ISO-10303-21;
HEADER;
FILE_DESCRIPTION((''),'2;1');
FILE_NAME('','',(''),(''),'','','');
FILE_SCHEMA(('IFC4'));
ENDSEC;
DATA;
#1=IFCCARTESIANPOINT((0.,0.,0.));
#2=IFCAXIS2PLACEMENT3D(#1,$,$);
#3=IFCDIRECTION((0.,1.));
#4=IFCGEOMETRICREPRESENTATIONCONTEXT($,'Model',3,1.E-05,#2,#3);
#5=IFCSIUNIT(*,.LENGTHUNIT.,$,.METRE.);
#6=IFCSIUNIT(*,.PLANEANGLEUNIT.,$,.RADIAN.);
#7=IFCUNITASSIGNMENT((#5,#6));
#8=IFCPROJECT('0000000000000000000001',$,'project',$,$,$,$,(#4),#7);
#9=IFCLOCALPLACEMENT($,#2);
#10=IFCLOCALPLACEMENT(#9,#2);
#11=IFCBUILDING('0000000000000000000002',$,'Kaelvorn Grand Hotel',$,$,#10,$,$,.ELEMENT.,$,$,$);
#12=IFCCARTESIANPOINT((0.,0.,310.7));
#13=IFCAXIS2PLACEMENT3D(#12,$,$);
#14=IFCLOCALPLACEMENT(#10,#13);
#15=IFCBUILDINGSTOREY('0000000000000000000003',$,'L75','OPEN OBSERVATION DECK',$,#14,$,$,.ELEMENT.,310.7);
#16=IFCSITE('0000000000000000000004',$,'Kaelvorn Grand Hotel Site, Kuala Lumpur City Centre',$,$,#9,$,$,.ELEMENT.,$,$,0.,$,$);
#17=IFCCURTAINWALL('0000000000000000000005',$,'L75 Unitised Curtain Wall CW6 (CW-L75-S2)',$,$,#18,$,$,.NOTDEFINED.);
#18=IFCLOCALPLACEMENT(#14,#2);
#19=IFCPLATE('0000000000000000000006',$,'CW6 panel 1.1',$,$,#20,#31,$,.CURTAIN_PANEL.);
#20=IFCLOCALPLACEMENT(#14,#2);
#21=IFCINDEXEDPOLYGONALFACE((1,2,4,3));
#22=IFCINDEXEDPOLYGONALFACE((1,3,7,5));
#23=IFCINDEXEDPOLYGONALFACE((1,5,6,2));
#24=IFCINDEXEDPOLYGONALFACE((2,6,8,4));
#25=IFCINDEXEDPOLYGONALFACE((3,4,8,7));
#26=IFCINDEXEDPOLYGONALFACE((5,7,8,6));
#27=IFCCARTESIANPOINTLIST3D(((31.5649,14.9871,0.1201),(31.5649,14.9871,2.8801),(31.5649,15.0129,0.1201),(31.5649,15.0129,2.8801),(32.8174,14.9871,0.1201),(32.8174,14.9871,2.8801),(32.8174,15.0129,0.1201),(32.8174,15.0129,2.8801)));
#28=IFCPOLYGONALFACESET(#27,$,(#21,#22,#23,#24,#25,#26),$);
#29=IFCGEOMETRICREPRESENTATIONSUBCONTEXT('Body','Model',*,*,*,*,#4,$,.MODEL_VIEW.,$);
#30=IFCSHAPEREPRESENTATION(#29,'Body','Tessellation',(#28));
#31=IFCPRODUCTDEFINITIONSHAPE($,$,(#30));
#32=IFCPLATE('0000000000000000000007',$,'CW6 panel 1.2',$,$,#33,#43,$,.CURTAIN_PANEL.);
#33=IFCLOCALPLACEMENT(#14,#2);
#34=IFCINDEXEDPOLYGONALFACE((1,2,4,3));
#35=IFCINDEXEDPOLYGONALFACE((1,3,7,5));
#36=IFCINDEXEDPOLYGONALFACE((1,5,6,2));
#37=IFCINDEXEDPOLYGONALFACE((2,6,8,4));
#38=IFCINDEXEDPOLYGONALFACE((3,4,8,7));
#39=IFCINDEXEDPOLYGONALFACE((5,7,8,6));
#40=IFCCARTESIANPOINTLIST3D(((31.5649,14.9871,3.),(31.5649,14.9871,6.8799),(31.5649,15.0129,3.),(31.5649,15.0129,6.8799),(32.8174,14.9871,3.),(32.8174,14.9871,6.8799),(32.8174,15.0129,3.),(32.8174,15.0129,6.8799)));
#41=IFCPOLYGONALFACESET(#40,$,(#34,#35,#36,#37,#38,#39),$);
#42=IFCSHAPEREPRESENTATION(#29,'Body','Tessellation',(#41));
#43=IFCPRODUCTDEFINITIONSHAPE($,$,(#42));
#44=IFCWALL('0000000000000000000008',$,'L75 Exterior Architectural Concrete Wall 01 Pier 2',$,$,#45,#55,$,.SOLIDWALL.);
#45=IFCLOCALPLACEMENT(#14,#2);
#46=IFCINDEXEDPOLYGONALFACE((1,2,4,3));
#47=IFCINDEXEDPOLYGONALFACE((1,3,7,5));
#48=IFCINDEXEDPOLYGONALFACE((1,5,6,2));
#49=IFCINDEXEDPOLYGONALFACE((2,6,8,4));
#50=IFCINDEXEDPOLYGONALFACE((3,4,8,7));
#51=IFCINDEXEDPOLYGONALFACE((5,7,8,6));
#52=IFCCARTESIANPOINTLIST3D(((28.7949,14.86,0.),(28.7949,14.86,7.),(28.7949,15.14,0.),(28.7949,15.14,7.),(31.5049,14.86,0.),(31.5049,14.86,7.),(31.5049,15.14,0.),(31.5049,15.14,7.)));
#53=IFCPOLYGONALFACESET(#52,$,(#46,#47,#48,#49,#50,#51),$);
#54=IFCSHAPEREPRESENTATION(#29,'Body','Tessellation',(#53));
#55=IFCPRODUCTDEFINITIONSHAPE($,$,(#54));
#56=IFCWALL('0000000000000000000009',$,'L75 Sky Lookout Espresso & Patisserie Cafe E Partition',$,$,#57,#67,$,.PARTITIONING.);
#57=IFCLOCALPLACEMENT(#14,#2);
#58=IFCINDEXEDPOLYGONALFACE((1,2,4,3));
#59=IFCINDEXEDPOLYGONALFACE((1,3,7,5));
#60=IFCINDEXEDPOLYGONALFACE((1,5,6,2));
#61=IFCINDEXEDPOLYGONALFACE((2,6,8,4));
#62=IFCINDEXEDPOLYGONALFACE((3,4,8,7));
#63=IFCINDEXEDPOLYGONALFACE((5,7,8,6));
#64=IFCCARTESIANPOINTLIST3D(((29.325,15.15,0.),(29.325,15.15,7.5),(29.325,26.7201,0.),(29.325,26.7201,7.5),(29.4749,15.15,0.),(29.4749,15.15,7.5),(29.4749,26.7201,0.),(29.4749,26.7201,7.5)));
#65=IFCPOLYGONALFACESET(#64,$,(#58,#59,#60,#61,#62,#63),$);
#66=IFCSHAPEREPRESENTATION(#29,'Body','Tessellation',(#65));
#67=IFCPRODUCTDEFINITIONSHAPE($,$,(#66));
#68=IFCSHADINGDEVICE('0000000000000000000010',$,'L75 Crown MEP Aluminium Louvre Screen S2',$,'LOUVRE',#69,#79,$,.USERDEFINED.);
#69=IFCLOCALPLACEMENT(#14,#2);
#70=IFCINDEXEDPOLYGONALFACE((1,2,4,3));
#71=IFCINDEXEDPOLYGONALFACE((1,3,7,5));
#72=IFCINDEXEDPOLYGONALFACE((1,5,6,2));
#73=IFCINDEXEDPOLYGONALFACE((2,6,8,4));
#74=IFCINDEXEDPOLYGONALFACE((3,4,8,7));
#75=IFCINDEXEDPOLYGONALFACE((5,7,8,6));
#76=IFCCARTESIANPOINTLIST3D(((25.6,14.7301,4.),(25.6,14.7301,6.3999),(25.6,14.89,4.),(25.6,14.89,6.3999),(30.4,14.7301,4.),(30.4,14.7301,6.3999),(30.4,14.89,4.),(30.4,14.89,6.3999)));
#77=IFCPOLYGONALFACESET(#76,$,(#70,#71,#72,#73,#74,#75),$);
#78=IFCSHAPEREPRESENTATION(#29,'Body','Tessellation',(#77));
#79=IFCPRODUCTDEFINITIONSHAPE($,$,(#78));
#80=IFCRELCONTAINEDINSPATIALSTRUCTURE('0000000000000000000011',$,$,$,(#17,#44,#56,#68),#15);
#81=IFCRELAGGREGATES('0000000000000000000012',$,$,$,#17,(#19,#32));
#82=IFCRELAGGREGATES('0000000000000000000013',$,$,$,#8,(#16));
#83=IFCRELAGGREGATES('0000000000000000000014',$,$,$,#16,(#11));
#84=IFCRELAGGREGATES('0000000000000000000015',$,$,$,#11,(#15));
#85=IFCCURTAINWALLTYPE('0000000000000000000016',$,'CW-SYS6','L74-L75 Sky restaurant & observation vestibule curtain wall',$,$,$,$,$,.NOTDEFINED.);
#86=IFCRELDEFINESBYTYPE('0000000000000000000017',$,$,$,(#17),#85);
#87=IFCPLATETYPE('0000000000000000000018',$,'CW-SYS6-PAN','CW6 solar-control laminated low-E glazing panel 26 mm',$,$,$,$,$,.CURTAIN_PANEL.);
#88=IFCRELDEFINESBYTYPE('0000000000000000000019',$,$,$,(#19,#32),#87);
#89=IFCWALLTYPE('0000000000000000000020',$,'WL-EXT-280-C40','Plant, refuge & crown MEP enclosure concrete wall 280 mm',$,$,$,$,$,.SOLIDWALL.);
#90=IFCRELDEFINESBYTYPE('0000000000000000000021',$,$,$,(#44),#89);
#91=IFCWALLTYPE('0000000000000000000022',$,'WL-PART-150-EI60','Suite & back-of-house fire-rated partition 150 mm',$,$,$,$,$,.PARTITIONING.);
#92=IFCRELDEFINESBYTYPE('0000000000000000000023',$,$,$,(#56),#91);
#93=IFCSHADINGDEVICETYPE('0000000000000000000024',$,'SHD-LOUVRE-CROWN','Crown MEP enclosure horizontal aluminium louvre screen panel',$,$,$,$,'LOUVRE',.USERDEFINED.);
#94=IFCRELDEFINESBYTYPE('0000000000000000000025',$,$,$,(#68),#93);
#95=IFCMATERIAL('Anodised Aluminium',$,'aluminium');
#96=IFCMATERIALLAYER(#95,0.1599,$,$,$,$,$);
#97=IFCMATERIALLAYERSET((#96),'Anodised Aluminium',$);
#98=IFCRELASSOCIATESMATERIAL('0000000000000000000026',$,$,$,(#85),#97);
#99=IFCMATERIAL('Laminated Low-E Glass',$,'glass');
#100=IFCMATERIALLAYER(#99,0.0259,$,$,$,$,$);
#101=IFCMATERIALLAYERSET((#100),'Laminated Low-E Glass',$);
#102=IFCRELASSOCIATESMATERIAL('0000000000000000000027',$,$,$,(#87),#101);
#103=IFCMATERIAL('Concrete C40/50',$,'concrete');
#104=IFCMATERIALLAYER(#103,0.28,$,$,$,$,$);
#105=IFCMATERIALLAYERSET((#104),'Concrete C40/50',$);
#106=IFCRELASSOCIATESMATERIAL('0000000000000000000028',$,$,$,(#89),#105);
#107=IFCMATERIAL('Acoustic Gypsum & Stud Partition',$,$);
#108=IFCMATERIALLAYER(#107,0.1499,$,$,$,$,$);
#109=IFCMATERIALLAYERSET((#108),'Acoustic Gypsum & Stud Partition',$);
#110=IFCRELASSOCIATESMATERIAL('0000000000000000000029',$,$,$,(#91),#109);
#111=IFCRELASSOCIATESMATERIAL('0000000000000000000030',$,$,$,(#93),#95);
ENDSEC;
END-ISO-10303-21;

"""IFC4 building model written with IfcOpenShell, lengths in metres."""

from ifc_helpers import new_model, si_unit, direction, frame, frame_2d, origin, origin_2d, place, context, subcontext, project, spatial, rectangle, extrude, material, layer, layer_set, type_object, element, aggregate, save


model = new_model("IFC4")

# Units and contexts
model_context = context("Model", 3, precision=1e-05, world=origin(), true_north=direction((0.0, 1.0)))
body_context = subcontext(model_context, "Body", "Model", "MODEL_VIEW")
ifc_project = project(units=[si_unit("LENGTHUNIT", "METRE"), si_unit("PLANEANGLEUNIT", "RADIAN")], contexts=[model_context])

# Site, building, storey
site_placement = place(None, origin())
site = spatial("IfcSite", under=ifc_project, at=site_placement, Name="Kaelvorn Grand Hotel Site, Kuala Lumpur City Centre", CompositionType="ELEMENT", RefElevation=0.0)
building_placement = place(site_placement, origin())
building = spatial("IfcBuilding", under=site, at=building_placement, Name="Kaelvorn Grand Hotel", CompositionType="ELEMENT")
storey_placement = place(building_placement, frame((0.0, 0.0, 310.7)))
storey = spatial("IfcBuildingStorey", under=building, at=storey_placement, Name="L75", Description="OPEN OBSERVATION DECK", CompositionType="ELEMENT", Elevation=310.7)

# Curtain wall
ifc_material_1 = material(Name="Anodised Aluminium", Category="aluminium")
ifc_layer_1 = layer(ifc_material_1, 0.1599)
ifc_layer_set_1 = layer_set([ifc_layer_1], Name="Anodised Aluminium")
curtain_wall_type = type_object("IfcCurtainWallType", Name="CW-SYS6", Description="L74-L75 Sky restaurant & observation vestibule curtain wall", PredefinedType="NOTDEFINED", material=ifc_layer_set_1)
curtain_wall_1_placement = place(storey_placement, origin())
curtain_wall_1 = element("IfcCurtainWall", 1, at=curtain_wall_1_placement, inside=storey, type_object=curtain_wall_type, Name="L75 Unitised Curtain Wall CW6 (CW-L75-S2)", PredefinedType="NOTDEFINED")

# Plates
ifc_material_2 = material(Name="Laminated Low-E Glass", Category="glass")
ifc_layer_2 = layer(ifc_material_2, 0.0259)
ifc_layer_set_2 = layer_set([ifc_layer_2], Name="Laminated Low-E Glass")
plate_type = type_object("IfcPlateType", Name="CW-SYS6-PAN", Description="CW6 solar-control laminated low-E glazing panel 26 mm", PredefinedType="CURTAIN_PANEL", material=ifc_layer_set_2)
plate_1_placement = place(storey_placement, frame((32.1912, 15.0, 0.1201), z_axis=(0.0, 0.0, 1.0), x_axis=(1.0, 0.0, 0.0)))
plate_1 = element("IfcPlate", 2, at=plate_1_placement, type_object=plate_type, Name="CW6 panel 1.1", PredefinedType="CURTAIN_PANEL", context=body_context, shape_type="SweptSolid", body=[
    extrude(rectangle(XDim=1.2524, YDim=0.0259, at=origin_2d()), origin(), (0.0, 0.0, 1.0), 2.76),
])
plate_2_placement = place(storey_placement, frame((32.1912, 15.0, 3.0), z_axis=(0.0, 0.0, 1.0), x_axis=(1.0, 0.0, 0.0)))
plate_2 = element("IfcPlate", 3, at=plate_2_placement, type_object=plate_type, Name="CW6 panel 1.2", PredefinedType="CURTAIN_PANEL", context=body_context, shape_type="SweptSolid", body=[
    extrude(rectangle(XDim=1.2524, YDim=0.0259, at=origin_2d()), origin(), (0.0, 0.0, 1.0), 3.8799),
])
aggregate(curtain_wall_1, [plate_1, plate_2])

# Walls
ifc_material_3 = material(Name="Concrete C40/50", Category="concrete")
ifc_layer_3 = layer(ifc_material_3, 0.28)
ifc_layer_set_3 = layer_set([ifc_layer_3], Name="Concrete C40/50")
wall_type_1 = type_object("IfcWallType", Name="WL-EXT-280-C40", Description="Plant, refuge & crown MEP enclosure concrete wall 280 mm", PredefinedType="SOLIDWALL", material=ifc_layer_set_3)
wall_1_placement = place(storey_placement, frame((28.7949, 15.0, 0.0), z_axis=(0.0, 0.0, 1.0), x_axis=(1.0, 0.0, 0.0)))
element("IfcWall", 4, at=wall_1_placement, inside=storey, type_object=wall_type_1, Name="L75 Exterior Architectural Concrete Wall 01 Pier 2", PredefinedType="SOLIDWALL", context=body_context, shape_type="SweptSolid", body=[
    extrude(rectangle(XDim=2.71, YDim=0.28, at=frame_2d((1.355, 0.0))), origin(), (0.0, 0.0, 1.0), 7.0),
])
ifc_material_4 = material(Name="Acoustic Gypsum & Stud Partition")
ifc_layer_4 = layer(ifc_material_4, 0.1499)
ifc_layer_set_4 = layer_set([ifc_layer_4], Name="Acoustic Gypsum & Stud Partition")
wall_type_2 = type_object("IfcWallType", Name="WL-PART-150-EI60", Description="Suite & back-of-house fire-rated partition 150 mm", PredefinedType="PARTITIONING", material=ifc_layer_set_4)
wall_2_placement = place(storey_placement, frame((29.3999, 15.1499, 0.0), z_axis=(0.0, 0.0, 1.0), x_axis=(0.0, 1.0, 0.0)))
element("IfcWall", 5, at=wall_2_placement, inside=storey, type_object=wall_type_2, Name="L75 Sky Lookout Espresso & Patisserie Cafe E Partition", PredefinedType="PARTITIONING", context=body_context, shape_type="SweptSolid", body=[
    extrude(rectangle(XDim=11.5701, YDim=0.1499, at=frame_2d((5.7852, 0.0))), origin(), (0.0, 0.0, 1.0), 7.5),
])

# Shading device
shading_device_type = type_object("IfcShadingDeviceType", Name="SHD-LOUVRE-CROWN", Description="Crown MEP enclosure horizontal aluminium louvre screen panel", ElementType="LOUVRE", PredefinedType="USERDEFINED", material=ifc_material_1)
shading_device_placement = place(storey_placement, frame((28.0, 14.8101, 4.0), z_axis=(0.0, 0.0, 1.0), x_axis=(1.0, 0.0, 0.0)))
element("IfcShadingDevice", 6, at=shading_device_placement, inside=storey, type_object=shading_device_type, Name="L75 Crown MEP Aluminium Louvre Screen S2", ObjectType="LOUVRE", PredefinedType="USERDEFINED", context=body_context, shape_type="SweptSolid", body=[
    extrude(rectangle(XDim=4.8, YDim=0.1599, at=origin_2d()), origin(), (0.0, 0.0, 1.0), 2.3999),
])

save(model, "model.ifc")
